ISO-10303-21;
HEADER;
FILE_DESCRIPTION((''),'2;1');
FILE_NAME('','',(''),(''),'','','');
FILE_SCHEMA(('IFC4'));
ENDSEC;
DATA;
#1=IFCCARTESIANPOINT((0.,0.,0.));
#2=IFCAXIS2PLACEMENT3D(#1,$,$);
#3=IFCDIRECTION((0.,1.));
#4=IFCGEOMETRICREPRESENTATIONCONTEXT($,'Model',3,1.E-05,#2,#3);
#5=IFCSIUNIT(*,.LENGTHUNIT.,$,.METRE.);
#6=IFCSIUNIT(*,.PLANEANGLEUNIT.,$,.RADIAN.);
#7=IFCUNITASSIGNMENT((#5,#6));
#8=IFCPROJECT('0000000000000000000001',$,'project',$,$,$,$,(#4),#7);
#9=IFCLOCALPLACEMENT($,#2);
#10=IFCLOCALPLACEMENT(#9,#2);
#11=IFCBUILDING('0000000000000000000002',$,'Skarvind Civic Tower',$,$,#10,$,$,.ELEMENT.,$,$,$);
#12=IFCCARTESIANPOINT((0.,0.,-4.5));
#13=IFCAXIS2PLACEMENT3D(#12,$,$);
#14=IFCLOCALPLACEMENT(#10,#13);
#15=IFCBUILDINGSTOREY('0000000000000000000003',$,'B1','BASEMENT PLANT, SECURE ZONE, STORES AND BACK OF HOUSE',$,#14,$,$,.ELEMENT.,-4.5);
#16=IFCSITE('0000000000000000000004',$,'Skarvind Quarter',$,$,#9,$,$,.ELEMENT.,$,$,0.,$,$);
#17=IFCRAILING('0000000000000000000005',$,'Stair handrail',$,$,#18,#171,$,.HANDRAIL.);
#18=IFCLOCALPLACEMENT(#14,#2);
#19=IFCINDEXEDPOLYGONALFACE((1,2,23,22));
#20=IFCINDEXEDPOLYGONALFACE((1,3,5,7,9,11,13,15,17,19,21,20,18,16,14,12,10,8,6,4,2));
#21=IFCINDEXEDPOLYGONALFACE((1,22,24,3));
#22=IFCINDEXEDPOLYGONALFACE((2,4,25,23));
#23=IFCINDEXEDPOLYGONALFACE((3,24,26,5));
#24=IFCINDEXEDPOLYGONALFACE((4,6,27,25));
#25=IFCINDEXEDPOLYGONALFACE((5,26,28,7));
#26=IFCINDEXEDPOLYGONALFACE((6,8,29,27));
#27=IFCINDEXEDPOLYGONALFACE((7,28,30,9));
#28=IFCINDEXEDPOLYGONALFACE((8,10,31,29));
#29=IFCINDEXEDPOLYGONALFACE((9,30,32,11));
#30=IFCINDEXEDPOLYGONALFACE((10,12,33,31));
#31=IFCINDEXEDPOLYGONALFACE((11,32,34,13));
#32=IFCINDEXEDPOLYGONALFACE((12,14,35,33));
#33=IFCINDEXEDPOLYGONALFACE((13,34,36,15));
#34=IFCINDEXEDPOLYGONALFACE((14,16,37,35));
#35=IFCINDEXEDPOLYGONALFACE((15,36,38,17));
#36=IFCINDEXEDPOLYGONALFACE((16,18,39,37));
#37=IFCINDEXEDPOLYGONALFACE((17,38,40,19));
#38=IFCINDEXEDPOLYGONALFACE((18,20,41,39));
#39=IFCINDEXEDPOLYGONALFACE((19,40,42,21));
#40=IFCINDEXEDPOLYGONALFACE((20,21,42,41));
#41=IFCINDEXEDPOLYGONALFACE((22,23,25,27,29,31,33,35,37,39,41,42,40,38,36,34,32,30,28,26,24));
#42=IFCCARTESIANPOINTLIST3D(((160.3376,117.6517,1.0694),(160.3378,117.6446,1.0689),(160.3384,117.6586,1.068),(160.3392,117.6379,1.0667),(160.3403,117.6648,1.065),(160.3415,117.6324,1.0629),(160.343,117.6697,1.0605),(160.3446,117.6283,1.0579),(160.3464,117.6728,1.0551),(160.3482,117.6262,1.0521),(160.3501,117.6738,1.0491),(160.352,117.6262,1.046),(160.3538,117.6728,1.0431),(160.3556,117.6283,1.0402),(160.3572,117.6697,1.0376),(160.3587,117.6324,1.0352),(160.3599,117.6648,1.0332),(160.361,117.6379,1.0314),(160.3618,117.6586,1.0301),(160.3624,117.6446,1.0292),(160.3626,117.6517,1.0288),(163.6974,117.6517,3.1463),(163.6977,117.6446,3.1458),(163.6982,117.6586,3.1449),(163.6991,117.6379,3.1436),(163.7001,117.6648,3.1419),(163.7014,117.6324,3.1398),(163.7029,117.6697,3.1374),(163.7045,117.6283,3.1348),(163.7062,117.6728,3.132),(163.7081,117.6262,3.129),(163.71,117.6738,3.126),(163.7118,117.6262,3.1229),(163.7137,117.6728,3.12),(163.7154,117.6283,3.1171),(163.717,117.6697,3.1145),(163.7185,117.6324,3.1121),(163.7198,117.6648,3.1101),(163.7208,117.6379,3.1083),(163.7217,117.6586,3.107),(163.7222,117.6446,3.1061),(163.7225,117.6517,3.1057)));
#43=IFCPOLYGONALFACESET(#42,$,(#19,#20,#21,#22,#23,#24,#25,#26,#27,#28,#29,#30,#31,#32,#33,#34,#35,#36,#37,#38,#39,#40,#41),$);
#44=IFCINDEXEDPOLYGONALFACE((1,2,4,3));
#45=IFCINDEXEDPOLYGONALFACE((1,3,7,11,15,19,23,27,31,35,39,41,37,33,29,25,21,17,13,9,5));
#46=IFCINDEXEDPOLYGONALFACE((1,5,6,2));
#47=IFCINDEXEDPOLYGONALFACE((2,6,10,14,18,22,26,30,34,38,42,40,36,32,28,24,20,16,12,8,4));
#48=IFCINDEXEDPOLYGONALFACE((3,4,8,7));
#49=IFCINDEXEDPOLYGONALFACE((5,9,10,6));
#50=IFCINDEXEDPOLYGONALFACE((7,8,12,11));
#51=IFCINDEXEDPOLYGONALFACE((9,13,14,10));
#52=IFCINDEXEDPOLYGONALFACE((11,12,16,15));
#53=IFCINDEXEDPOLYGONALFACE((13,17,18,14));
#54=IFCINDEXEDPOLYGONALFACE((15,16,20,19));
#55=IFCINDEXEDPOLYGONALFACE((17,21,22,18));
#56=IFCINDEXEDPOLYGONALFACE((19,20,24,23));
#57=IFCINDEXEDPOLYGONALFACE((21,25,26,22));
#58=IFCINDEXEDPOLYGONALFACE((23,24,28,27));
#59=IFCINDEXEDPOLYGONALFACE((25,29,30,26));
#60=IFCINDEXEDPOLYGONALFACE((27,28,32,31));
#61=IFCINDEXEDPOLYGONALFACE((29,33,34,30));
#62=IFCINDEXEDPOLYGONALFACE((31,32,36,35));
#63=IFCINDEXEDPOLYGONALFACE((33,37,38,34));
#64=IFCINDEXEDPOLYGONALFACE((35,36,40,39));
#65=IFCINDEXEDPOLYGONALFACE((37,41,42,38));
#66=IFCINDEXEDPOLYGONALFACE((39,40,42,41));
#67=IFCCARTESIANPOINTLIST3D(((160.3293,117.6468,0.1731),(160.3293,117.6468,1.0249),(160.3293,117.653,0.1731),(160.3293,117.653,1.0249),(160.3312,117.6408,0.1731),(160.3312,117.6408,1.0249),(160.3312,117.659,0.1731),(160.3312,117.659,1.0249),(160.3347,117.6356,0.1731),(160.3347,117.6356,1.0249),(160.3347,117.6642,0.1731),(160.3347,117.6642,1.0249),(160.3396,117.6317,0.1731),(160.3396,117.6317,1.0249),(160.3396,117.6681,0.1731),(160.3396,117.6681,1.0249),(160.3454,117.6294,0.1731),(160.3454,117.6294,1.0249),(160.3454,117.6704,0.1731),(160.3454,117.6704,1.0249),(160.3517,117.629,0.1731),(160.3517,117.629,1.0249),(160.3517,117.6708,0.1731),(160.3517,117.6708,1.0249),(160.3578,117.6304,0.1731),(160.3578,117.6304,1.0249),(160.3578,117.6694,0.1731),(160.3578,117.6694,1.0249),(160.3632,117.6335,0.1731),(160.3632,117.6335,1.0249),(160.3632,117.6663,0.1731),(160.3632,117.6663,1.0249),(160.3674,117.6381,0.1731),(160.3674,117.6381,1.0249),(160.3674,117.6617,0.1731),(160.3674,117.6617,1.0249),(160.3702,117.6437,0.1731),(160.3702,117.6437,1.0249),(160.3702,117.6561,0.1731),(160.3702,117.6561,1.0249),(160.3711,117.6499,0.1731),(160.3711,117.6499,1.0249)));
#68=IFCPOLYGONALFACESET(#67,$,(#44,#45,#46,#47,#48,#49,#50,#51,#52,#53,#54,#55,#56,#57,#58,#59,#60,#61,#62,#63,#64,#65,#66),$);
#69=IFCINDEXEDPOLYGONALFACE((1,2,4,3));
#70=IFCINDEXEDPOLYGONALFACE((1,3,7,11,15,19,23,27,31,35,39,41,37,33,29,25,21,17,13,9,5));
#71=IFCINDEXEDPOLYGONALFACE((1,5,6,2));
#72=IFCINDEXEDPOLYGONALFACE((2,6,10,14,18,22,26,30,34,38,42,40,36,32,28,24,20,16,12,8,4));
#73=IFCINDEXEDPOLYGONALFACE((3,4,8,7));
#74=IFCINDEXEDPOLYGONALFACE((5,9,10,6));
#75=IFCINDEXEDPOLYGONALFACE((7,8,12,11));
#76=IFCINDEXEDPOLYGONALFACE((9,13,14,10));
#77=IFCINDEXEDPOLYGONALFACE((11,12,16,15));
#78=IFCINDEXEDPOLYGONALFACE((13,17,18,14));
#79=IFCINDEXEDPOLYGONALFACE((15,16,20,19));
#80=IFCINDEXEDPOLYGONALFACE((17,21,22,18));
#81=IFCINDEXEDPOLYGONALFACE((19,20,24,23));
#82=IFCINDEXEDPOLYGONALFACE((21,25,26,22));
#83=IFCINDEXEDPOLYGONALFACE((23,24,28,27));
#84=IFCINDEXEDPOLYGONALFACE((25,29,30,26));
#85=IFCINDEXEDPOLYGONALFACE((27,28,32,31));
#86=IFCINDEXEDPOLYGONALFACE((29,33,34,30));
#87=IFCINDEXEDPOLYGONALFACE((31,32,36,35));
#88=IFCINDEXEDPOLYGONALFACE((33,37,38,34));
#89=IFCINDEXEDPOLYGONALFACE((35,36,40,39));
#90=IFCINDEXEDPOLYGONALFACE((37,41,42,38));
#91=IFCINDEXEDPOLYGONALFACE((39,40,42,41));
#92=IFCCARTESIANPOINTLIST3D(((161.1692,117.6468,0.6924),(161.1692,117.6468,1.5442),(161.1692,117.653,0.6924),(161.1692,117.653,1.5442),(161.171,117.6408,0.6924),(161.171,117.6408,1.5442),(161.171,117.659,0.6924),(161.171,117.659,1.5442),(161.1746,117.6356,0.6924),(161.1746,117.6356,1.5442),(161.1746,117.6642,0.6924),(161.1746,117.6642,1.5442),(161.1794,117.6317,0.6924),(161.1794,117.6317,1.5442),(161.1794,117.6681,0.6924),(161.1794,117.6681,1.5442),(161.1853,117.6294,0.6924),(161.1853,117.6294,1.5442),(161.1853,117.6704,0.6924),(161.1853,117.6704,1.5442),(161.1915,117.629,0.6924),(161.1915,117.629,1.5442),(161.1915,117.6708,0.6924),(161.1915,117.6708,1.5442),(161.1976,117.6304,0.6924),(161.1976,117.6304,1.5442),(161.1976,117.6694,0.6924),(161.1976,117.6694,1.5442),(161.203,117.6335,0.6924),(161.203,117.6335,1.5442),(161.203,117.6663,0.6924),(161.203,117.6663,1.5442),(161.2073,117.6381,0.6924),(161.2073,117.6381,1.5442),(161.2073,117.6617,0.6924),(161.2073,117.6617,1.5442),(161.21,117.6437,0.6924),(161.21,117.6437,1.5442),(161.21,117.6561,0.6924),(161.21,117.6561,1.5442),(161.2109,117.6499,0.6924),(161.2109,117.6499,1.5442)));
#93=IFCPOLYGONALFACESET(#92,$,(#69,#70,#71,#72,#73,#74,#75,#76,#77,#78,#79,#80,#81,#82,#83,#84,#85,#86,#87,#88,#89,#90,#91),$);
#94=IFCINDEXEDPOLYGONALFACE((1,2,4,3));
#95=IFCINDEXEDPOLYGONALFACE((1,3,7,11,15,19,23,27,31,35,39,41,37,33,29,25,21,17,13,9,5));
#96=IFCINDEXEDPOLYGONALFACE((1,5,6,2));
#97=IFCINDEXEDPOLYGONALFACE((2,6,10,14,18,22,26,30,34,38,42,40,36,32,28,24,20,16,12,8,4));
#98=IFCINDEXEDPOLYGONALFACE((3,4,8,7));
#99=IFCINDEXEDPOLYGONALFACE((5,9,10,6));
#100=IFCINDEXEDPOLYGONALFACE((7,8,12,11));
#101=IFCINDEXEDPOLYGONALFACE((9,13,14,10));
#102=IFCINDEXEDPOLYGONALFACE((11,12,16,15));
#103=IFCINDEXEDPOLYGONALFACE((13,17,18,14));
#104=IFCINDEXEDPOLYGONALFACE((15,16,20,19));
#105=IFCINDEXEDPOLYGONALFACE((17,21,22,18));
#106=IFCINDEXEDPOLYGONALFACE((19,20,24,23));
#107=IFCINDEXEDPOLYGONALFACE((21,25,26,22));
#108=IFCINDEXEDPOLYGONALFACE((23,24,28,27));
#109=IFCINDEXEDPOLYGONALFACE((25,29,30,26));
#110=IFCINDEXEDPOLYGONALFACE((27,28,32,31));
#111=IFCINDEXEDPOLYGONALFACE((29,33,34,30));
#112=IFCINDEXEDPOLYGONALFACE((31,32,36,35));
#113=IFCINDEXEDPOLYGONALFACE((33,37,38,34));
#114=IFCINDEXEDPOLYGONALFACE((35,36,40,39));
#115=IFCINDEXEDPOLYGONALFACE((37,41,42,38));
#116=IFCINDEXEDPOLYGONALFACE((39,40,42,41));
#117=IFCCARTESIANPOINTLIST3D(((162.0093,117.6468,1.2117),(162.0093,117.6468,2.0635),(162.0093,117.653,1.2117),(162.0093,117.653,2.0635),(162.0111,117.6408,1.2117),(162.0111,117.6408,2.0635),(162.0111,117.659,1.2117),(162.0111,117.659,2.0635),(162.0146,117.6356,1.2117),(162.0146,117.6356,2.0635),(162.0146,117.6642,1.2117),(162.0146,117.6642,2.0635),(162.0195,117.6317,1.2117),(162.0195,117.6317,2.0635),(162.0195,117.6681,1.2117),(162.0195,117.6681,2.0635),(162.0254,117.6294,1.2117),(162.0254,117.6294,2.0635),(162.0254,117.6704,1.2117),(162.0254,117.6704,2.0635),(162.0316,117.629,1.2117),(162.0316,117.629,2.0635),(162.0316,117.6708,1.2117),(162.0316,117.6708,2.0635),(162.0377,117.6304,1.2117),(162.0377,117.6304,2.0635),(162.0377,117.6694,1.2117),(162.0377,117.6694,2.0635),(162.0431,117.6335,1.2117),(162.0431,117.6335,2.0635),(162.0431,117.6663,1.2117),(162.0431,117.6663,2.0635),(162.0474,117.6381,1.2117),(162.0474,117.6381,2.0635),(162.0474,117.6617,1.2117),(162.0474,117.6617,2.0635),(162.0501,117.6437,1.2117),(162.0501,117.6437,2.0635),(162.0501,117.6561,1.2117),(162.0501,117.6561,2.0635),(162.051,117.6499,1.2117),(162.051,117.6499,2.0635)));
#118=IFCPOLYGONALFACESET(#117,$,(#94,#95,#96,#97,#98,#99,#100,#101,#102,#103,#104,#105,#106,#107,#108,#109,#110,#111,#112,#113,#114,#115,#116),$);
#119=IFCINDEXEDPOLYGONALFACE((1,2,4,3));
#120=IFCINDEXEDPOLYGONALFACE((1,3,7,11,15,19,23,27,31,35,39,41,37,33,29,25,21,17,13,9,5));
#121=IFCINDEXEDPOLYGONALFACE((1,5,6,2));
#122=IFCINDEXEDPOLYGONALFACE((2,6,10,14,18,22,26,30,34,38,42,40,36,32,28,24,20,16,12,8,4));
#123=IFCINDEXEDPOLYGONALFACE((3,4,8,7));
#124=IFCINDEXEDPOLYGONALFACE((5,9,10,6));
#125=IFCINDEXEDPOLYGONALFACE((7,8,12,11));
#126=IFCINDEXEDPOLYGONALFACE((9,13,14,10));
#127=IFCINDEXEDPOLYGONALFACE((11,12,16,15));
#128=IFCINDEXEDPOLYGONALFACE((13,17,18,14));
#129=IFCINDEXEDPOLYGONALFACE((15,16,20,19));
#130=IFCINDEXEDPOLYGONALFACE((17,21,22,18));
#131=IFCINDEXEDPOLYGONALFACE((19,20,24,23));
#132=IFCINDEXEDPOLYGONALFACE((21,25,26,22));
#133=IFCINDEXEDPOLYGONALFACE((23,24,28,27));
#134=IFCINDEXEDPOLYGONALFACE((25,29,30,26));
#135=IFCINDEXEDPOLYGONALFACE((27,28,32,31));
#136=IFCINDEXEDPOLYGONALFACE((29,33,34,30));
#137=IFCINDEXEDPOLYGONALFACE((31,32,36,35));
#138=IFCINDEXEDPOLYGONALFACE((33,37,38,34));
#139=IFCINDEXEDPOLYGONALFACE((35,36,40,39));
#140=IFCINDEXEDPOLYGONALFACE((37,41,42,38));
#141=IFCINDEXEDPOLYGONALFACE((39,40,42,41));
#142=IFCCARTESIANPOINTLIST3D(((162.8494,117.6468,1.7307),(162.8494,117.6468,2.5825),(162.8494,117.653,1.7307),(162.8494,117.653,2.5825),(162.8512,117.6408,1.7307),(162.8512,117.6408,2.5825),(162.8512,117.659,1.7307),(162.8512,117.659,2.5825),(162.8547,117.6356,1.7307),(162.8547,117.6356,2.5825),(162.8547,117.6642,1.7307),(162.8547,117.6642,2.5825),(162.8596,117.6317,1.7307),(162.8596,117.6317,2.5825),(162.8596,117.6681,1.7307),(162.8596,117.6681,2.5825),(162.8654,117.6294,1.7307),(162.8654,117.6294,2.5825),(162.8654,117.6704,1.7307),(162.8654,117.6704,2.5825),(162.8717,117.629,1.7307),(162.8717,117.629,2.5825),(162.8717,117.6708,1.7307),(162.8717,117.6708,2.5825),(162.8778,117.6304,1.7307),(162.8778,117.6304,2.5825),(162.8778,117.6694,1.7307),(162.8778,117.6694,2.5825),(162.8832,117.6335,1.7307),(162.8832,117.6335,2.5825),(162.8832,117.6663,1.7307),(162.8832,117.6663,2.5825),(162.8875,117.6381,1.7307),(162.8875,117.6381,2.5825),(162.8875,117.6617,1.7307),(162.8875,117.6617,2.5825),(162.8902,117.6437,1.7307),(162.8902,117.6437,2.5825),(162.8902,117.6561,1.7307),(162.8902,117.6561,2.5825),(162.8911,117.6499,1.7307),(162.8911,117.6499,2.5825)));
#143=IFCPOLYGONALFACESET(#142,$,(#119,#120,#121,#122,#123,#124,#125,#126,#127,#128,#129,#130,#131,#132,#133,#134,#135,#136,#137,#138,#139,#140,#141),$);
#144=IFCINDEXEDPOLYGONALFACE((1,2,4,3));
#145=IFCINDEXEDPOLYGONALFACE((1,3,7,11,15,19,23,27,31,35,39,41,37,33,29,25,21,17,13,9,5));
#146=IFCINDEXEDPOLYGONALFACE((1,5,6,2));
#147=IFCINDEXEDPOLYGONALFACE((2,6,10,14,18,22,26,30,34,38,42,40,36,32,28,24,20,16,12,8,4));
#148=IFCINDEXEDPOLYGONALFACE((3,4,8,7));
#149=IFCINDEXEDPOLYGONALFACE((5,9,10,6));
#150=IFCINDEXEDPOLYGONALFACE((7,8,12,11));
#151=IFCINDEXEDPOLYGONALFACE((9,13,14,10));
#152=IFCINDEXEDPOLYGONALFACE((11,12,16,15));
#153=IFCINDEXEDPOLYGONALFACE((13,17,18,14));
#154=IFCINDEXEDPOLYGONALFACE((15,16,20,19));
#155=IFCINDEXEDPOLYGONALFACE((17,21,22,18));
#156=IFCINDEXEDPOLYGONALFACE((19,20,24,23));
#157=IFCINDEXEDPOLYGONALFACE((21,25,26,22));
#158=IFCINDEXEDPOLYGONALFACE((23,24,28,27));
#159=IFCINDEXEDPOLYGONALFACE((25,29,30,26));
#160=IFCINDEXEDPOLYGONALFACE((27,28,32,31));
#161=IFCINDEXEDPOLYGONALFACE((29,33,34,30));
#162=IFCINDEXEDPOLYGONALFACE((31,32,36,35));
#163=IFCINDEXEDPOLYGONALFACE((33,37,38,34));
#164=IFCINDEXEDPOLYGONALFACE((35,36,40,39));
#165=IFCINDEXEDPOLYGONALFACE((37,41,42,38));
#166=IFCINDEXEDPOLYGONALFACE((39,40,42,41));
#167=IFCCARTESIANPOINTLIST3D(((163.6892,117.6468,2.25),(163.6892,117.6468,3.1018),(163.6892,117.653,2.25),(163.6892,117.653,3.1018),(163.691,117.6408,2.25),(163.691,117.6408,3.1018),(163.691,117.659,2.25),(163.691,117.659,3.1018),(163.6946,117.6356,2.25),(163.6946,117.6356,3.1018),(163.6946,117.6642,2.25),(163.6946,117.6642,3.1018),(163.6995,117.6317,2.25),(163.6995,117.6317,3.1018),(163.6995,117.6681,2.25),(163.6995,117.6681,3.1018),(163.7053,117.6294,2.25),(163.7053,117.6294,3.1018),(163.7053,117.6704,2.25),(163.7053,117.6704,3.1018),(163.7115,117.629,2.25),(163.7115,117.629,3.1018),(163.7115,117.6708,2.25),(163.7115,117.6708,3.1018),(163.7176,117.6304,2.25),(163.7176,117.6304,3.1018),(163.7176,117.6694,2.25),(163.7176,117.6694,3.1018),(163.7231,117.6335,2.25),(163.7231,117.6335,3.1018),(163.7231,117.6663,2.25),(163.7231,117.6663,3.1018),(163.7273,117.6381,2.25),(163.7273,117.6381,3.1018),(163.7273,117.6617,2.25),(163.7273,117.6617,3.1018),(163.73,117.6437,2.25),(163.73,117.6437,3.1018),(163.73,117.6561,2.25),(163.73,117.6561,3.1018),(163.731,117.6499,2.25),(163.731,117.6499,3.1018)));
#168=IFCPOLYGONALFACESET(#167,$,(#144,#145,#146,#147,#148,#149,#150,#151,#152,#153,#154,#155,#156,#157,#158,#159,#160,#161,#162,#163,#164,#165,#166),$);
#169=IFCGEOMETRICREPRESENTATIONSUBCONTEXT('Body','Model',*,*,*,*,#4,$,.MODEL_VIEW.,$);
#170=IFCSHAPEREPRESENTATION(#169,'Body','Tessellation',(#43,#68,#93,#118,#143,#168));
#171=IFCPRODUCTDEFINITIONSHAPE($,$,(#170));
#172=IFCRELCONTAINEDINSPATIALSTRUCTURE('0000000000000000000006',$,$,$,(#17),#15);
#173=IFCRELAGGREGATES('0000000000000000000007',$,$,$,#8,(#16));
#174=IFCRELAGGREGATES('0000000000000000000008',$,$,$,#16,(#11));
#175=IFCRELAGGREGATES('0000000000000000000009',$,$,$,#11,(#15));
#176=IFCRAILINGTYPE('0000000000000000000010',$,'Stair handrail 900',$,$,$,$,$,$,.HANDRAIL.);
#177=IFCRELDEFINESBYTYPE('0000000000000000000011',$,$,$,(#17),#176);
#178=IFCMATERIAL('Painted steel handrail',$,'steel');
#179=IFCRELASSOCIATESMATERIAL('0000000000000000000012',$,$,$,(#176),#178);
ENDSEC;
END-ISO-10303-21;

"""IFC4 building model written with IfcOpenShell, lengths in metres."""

from ifc_helpers import new_model, si_unit, direction, frame, origin, origin_2d, place, context, subcontext, project, spatial, circle, extrude, material, type_object, element, save


model = new_model("IFC4")

# Units and contexts
model_context = context("Model", 3, precision=1e-05, world=origin(), true_north=direction((0.0, 1.0)))
body_context = subcontext(model_context, "Body", "Model", "MODEL_VIEW")
ifc_project = project(units=[si_unit("LENGTHUNIT", "METRE"), si_unit("PLANEANGLEUNIT", "RADIAN")], contexts=[model_context])

# Site, building, storey
site_placement = place(None, origin())
site = spatial("IfcSite", under=ifc_project, at=site_placement, Name="Skarvind Quarter", CompositionType="ELEMENT", RefElevation=0.0)
building_placement = place(site_placement, origin())
building = spatial("IfcBuilding", under=site, at=building_placement, Name="Skarvind Civic Tower", CompositionType="ELEMENT")
storey_placement = place(building_placement, frame((0.0, 0.0, -4.5)))
storey = spatial("IfcBuildingStorey", under=building, at=storey_placement, Name="B1", Description="BASEMENT PLANT, SECURE ZONE, STORES AND BACK OF HOUSE", CompositionType="ELEMENT", Elevation=-4.5)

# Railing
ifc_material_1 = material(Name="Painted steel handrail", Category="steel")
railing_type = type_object("IfcRailingType", Name="Stair handrail 900", PredefinedType="HANDRAIL", material=ifc_material_1)
railing_1_placement = place(storey_placement, frame((160.3501, 117.6499, 0.1731)))
element("IfcRailing", 1, at=railing_1_placement, inside=storey, type_object=railing_type, Name="Stair handrail", PredefinedType="HANDRAIL", context=body_context, shape_type="SweptSolid", body=[
    extrude(circle(Radius=0.0239, at=origin_2d()), frame((0.0, 0.0, 0.876), z_axis=(0.850606, 0.0, 0.525803), x_axis=(0.0, 1.0, 0.0)), (0.0, 0.0, 1.0), 3.95),
    extrude(circle(Radius=0.021, at=origin_2d()), origin(), (0.0, 0.0, 1.0), 0.8518),
    extrude(circle(Radius=0.021, at=origin_2d()), frame((0.8398, 0.0, 0.5193)), (0.0, 0.0, 1.0), 0.8518),
    extrude(circle(Radius=0.021, at=origin_2d()), frame((1.6799, 0.0, 1.0386)), (0.0, 0.0, 1.0), 0.8518),
    extrude(circle(Radius=0.021, at=origin_2d()), frame((2.52, 0.0, 1.5576)), (0.0, 0.0, 1.0), 0.8518),
    extrude(circle(Radius=0.021, at=origin_2d()), frame((3.3599, 0.0, 2.0769)), (0.0, 0.0, 1.0), 0.8518),
])

save(model, "model.ifc")
